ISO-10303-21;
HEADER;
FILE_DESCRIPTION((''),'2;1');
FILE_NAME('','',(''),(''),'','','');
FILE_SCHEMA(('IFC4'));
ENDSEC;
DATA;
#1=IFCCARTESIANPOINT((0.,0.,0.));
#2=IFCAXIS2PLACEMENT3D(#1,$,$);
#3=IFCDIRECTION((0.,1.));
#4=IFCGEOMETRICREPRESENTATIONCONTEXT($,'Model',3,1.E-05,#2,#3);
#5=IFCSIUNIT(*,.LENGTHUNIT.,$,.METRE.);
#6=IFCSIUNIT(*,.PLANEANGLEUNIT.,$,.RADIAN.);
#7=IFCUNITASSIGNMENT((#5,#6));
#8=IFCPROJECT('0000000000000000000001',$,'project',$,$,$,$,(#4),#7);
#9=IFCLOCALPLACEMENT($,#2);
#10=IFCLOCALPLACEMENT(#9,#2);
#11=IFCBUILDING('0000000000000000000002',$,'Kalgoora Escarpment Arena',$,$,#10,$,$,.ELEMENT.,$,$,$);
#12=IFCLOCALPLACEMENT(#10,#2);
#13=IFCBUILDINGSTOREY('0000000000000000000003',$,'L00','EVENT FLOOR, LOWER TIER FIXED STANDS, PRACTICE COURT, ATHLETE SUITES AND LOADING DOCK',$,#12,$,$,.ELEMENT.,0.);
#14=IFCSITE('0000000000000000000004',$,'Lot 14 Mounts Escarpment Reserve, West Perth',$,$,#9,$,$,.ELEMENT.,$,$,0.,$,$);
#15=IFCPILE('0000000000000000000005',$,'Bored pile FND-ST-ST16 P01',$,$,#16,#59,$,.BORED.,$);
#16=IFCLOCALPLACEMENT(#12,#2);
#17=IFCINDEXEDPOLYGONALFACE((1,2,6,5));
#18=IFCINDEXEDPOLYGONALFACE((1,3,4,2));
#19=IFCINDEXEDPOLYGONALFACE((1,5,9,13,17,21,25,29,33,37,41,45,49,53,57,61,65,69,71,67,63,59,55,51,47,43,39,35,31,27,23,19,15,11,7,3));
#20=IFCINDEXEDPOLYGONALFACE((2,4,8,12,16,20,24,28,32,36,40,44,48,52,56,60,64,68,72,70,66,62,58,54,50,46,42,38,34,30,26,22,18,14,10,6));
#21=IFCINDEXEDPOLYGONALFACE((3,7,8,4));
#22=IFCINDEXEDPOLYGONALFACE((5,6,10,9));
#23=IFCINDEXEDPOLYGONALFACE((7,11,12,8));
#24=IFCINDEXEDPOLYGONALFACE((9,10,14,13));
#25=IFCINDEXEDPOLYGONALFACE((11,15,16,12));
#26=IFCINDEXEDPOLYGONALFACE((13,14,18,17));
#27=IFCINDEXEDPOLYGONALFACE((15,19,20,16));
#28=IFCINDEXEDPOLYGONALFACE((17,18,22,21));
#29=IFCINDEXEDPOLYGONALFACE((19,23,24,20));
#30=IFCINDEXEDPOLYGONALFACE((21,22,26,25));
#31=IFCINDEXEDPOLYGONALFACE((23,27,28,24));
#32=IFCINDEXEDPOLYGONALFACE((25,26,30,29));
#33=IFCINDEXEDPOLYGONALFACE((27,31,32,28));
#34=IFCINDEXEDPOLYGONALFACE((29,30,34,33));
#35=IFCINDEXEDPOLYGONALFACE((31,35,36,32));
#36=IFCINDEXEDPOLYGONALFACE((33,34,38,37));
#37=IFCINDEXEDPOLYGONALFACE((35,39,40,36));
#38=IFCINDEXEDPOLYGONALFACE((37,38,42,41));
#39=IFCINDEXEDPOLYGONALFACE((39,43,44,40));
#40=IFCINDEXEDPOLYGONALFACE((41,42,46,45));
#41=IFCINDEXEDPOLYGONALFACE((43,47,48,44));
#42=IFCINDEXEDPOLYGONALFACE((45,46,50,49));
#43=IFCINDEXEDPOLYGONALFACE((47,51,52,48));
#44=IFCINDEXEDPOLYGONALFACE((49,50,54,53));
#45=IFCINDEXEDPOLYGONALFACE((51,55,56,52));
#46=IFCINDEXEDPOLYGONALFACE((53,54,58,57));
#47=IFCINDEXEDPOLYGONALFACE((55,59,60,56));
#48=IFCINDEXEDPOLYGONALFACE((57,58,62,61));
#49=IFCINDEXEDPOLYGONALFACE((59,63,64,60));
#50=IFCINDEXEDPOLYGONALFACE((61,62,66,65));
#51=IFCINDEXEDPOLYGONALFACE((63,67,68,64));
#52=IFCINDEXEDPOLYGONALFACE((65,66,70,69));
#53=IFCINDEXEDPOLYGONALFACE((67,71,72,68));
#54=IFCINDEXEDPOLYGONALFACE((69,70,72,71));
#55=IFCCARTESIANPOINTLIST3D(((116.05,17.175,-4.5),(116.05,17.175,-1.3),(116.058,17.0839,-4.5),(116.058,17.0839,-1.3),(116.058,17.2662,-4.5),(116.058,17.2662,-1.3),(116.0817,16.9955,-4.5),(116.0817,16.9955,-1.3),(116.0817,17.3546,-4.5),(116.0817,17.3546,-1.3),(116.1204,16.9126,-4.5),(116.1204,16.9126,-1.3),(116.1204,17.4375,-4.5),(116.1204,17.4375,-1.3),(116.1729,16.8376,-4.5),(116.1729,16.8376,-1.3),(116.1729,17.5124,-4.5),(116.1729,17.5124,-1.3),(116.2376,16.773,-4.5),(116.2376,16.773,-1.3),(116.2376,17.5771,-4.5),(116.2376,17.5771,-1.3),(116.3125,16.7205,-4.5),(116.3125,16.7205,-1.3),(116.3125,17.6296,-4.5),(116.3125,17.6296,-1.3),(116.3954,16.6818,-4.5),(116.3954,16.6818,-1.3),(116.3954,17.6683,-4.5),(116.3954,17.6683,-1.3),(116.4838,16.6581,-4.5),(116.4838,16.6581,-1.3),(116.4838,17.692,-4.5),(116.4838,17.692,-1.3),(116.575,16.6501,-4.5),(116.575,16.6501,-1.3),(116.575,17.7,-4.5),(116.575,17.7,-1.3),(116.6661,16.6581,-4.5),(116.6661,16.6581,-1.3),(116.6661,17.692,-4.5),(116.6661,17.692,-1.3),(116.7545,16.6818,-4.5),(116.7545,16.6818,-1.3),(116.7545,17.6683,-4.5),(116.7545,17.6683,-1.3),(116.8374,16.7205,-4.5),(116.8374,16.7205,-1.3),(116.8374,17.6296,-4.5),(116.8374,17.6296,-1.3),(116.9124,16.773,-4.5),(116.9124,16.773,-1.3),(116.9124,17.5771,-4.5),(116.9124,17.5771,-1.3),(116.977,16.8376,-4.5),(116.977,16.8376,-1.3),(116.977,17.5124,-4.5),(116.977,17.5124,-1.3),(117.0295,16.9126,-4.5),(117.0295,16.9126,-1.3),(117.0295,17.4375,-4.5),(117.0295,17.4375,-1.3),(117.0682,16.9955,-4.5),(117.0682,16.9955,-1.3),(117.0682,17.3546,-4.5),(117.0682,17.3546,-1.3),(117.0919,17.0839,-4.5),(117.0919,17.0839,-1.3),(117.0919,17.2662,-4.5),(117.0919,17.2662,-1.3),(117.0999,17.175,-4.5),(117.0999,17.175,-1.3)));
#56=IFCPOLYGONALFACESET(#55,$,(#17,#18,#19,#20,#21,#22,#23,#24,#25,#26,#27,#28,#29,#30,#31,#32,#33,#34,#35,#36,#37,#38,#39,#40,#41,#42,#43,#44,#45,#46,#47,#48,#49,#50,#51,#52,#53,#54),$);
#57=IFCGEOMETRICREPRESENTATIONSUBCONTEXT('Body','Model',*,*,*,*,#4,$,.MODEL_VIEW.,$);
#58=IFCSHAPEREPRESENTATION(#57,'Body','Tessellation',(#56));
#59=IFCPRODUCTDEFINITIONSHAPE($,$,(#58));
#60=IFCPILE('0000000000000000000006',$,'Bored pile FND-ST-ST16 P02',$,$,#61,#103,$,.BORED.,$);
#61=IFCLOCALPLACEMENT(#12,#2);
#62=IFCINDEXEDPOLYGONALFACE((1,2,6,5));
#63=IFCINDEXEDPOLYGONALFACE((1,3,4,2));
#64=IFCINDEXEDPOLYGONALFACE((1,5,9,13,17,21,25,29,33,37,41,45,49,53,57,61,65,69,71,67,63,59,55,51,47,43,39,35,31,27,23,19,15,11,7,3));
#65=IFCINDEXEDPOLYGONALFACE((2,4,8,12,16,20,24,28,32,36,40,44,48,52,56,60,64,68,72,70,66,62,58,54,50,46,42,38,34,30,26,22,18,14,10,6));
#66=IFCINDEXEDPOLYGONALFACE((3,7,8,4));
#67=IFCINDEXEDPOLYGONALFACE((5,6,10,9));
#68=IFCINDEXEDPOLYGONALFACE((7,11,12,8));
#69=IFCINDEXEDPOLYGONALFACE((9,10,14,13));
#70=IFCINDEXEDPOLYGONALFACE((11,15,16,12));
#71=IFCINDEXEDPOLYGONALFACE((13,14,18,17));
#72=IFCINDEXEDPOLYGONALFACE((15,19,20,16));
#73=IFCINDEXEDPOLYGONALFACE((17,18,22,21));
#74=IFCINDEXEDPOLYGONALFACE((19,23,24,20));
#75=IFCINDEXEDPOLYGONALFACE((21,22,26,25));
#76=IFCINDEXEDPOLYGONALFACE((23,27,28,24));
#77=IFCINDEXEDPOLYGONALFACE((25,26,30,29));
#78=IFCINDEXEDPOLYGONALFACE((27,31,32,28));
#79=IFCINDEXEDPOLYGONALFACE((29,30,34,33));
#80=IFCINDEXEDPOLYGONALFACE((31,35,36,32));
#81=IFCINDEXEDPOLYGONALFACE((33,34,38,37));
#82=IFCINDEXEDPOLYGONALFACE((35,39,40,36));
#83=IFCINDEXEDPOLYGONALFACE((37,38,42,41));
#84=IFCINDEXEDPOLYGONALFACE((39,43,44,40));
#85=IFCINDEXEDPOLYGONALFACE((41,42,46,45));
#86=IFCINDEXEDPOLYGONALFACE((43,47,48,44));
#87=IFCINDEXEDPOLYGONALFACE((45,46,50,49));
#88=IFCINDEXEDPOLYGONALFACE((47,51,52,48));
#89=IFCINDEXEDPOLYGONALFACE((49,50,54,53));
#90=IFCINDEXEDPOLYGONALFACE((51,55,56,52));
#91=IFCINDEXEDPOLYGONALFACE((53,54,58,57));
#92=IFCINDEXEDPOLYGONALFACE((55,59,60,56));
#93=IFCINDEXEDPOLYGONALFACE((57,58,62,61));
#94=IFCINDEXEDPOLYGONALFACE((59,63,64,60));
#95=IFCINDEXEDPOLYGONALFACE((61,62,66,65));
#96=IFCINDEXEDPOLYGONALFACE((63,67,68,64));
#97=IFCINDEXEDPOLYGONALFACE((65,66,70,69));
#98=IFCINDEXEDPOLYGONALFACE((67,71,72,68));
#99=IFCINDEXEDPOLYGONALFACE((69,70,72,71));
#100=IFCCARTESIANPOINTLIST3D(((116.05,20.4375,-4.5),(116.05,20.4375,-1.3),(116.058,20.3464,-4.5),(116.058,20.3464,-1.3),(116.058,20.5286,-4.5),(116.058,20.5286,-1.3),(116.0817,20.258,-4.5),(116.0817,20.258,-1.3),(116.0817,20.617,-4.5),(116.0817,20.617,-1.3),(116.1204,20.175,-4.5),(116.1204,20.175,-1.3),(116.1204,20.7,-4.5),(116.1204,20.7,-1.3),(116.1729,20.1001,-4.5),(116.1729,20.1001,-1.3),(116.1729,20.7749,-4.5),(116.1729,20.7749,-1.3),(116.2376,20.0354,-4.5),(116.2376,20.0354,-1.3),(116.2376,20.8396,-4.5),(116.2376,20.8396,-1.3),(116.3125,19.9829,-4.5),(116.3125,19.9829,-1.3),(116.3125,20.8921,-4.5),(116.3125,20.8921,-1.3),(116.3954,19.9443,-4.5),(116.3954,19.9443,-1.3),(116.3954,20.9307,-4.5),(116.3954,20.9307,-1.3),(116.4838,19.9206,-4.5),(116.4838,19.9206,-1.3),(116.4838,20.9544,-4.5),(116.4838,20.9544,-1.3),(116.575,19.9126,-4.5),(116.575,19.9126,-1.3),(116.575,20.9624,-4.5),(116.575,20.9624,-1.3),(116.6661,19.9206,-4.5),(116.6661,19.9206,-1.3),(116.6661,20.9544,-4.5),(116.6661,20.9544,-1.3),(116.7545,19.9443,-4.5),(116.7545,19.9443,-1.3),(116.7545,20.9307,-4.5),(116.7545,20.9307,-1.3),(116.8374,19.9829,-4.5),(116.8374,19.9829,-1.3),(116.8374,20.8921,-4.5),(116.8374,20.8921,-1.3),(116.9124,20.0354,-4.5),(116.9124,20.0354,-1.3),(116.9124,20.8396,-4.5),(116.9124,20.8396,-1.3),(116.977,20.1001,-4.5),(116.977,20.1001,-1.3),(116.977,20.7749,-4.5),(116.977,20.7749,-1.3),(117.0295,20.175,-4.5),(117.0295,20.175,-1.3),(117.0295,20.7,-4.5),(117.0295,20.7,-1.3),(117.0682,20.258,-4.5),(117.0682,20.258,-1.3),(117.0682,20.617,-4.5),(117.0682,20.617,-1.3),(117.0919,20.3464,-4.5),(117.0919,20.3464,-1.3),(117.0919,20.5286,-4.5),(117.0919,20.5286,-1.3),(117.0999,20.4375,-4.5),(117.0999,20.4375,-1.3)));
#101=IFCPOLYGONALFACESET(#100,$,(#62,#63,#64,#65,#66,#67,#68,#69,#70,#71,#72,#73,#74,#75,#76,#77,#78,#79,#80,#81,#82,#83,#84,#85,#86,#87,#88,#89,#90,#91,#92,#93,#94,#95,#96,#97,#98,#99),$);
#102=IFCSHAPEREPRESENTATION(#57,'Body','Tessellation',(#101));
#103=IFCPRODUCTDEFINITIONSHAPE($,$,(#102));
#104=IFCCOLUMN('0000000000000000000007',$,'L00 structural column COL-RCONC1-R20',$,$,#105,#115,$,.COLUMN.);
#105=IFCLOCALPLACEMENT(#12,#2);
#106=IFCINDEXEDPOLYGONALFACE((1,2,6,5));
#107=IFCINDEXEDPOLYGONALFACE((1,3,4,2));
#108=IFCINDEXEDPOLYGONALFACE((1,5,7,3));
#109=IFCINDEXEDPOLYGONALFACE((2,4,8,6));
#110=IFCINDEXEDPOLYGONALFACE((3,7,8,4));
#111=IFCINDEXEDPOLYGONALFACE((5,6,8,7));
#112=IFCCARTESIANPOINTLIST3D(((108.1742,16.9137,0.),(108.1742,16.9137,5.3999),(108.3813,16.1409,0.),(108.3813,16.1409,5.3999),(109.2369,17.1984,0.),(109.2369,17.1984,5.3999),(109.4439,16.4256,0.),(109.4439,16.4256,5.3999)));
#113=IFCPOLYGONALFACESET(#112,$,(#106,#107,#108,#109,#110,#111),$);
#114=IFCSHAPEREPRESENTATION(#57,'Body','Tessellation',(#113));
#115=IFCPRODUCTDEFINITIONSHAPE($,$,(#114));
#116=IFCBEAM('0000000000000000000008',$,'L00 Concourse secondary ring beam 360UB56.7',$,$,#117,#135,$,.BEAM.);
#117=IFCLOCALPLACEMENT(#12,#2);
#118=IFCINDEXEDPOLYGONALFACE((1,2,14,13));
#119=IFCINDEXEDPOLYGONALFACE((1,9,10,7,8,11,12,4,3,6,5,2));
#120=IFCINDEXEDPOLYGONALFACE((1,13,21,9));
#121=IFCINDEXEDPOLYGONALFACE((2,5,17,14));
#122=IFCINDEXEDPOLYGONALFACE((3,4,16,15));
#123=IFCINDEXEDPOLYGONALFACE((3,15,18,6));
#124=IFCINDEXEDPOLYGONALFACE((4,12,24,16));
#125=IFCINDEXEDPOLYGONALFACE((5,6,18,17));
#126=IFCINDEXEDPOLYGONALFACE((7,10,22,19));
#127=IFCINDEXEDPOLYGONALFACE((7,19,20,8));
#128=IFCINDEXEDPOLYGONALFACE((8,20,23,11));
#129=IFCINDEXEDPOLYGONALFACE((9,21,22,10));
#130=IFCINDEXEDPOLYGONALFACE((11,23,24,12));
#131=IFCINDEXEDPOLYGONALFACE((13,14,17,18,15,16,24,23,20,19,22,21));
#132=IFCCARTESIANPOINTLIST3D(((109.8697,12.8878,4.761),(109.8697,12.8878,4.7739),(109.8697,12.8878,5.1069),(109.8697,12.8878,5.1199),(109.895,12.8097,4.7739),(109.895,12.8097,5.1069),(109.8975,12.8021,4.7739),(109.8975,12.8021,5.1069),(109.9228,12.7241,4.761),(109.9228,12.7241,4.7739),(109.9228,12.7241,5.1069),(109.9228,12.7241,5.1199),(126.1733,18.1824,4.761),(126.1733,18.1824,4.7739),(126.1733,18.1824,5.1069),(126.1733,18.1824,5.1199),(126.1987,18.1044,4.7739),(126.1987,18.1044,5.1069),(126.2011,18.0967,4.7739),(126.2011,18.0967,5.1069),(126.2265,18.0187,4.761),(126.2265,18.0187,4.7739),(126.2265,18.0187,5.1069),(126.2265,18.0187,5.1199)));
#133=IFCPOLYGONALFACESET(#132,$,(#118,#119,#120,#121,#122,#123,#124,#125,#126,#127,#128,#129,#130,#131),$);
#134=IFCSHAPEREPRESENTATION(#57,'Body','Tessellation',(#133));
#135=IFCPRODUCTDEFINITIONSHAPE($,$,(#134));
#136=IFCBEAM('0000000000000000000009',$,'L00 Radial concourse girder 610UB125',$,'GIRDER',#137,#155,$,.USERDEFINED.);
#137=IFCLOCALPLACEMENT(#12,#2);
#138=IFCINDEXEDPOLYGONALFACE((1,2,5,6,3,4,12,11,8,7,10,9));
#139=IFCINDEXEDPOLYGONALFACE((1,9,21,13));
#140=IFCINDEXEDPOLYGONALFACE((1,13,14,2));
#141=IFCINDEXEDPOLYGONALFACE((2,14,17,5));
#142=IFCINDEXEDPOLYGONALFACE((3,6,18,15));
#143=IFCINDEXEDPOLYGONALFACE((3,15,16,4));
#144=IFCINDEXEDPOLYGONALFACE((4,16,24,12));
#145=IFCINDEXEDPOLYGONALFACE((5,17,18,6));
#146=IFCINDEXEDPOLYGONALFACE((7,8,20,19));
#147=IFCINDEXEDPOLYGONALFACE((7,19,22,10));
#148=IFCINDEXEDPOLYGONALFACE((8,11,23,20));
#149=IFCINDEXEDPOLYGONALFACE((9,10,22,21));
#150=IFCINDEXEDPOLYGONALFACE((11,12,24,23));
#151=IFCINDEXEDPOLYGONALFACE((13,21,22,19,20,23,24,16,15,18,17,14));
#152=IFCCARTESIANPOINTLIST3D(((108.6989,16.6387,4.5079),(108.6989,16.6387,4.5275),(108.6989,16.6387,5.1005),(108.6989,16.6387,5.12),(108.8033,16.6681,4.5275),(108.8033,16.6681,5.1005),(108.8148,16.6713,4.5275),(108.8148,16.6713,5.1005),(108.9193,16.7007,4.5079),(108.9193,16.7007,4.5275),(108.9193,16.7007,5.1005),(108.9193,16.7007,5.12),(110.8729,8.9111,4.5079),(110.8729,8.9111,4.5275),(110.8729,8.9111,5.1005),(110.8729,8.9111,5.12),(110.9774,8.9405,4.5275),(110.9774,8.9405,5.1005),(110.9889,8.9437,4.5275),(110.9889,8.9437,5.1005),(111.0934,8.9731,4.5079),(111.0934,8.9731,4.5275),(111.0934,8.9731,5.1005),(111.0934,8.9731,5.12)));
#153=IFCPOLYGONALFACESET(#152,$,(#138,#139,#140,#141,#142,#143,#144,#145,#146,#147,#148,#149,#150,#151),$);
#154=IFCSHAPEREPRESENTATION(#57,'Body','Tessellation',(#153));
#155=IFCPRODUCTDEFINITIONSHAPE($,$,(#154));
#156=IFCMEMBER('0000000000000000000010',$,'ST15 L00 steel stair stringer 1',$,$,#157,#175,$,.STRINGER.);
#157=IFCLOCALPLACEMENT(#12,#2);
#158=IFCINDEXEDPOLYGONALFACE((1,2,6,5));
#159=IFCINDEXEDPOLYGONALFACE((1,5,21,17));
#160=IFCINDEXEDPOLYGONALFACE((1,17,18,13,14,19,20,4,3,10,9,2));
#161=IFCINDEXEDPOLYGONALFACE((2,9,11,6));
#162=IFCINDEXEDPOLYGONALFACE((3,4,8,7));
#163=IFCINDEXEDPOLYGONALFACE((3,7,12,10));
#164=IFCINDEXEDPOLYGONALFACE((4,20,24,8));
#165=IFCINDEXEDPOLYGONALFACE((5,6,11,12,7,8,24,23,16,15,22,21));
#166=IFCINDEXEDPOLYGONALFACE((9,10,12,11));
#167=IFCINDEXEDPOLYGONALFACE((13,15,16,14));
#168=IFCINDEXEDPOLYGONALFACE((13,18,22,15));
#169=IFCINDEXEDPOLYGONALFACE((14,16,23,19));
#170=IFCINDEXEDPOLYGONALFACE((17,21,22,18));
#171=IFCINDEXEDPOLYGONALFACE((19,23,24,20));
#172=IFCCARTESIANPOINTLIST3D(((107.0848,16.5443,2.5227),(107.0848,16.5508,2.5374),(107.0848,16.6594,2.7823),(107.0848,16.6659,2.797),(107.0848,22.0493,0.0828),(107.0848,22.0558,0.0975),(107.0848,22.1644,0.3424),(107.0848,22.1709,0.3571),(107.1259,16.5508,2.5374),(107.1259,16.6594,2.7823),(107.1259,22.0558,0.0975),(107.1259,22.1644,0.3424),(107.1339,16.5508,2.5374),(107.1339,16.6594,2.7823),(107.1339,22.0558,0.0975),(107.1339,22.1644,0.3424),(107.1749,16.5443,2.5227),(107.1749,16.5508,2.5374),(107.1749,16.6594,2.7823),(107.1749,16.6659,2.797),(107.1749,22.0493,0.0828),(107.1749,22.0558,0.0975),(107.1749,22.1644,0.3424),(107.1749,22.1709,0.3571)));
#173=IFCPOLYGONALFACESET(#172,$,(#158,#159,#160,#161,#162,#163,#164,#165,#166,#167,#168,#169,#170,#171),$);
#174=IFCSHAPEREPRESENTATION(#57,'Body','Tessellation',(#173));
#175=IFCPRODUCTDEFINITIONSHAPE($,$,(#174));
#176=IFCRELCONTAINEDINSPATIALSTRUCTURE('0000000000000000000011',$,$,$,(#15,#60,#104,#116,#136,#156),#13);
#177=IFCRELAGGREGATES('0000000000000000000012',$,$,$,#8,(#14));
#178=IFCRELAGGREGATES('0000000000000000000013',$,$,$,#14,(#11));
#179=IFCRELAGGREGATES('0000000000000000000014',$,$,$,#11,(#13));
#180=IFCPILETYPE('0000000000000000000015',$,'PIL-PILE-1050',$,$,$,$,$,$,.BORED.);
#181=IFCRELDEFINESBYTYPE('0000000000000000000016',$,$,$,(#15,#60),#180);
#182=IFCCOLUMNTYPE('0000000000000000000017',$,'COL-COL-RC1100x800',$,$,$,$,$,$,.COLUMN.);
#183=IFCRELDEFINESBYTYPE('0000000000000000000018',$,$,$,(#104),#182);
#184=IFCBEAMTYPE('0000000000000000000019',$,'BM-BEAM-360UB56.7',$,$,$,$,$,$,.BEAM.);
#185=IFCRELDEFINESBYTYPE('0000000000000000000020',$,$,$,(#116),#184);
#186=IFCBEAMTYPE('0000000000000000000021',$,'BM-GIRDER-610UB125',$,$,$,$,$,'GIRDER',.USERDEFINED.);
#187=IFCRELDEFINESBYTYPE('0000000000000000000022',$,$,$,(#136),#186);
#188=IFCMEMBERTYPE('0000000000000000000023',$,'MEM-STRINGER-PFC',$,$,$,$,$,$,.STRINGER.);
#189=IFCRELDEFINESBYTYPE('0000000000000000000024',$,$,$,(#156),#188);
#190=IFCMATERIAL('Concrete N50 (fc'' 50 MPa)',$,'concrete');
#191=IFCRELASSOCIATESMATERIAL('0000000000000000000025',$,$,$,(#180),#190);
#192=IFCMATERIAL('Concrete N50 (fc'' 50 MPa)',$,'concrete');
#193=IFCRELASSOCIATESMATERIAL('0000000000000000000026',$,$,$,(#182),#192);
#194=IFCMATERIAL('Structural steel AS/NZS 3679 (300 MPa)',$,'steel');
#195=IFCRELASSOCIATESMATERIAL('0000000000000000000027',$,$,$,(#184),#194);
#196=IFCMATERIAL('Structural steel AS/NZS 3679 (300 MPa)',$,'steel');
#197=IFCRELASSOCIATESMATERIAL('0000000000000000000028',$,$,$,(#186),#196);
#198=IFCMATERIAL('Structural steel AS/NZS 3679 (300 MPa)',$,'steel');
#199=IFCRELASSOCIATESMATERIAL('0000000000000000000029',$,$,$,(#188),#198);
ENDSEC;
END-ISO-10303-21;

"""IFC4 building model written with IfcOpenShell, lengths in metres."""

from ifc_helpers import new_model, si_unit, direction, frame, origin, origin_2d, place, context, subcontext, project, spatial, rectangle, circle, i_section, extrude, material, material_profile, profile_set, type_object, element, save


model = new_model("IFC4")

# Units and contexts
model_context = context("Model", 3, precision=1e-05, world=origin(), true_north=direction((0.0, 1.0)))
body_context = subcontext(model_context, "Body", "Model", "MODEL_VIEW")
ifc_project = project(units=[si_unit("LENGTHUNIT", "METRE"), si_unit("PLANEANGLEUNIT", "RADIAN")], contexts=[model_context])

# Site, building, storey
site_placement = place(None, origin())
site = spatial("IfcSite", under=ifc_project, at=site_placement, Name="Lot 14 Mounts Escarpment Reserve, West Perth", CompositionType="ELEMENT", RefElevation=0.0)
building_placement = place(site_placement, origin())
building = spatial("IfcBuilding", under=site, at=building_placement, Name="Kalgoora Escarpment Arena", CompositionType="ELEMENT")
storey_placement = place(building_placement, origin())
storey = spatial("IfcBuildingStorey", under=building, at=storey_placement, Name="L00", Description="EVENT FLOOR, LOWER TIER FIXED STANDS, PRACTICE COURT, ATHLETE SUITES AND LOADING DOCK", CompositionType="ELEMENT", Elevation=0.0)

# Piles
ifc_material_1 = material(Name="Concrete N50 (fc' 50 MPa)", Category="concrete")
ifc_material_profile_1 = material_profile(ifc_material_1, circle(Radius=0.5249, at=origin_2d()))
ifc_profile_set_1 = profile_set([ifc_material_profile_1], Name="Concrete N50 (fc' 50 MPa)")
pile_type = type_object("IfcPileType", Name="PIL-PILE-1050", PredefinedType="BORED", material=ifc_profile_set_1)
for number, where, z_axis, x_axis, name in (
    (1, (116.575, 17.175, -1.3), (0.0, 0.0, -1.0), (1.0, 0.0, 0.0), "Bored pile FND-ST-ST16 P01"),
    (2, (116.575, 20.4375, -1.3), (0.0, 0.0, -1.0), (1.0, 0.0, 0.0), "Bored pile FND-ST-ST16 P02"),
):
    element("IfcPile", number, at=place(storey_placement, frame(where, z_axis=z_axis, x_axis=x_axis)), inside=storey, type_object=pile_type, Name=name, PredefinedType="BORED", context=body_context, shape_type="SweptSolid", body=[
        extrude(circle(Radius=0.5249, at=origin_2d()), origin(), (0.0, 0.0, 1.0), 3.2),
    ])

# Column
ifc_material_2 = material(Name="Concrete N50 (fc' 50 MPa)", Category="concrete")
ifc_material_profile_2 = material_profile(ifc_material_2, rectangle(XDim=0.8, YDim=1.1001, at=origin_2d()))
ifc_profile_set_2 = profile_set([ifc_material_profile_2], Name="Concrete N50 (fc' 50 MPa)")
column_type = type_object("IfcColumnType", Name="COL-COL-RC1100x800", PredefinedType="COLUMN", material=ifc_profile_set_2)
column_placement = place(storey_placement, frame((108.8091, 16.6697, 0.0), z_axis=(0.0, 0.0, 1.0), x_axis=(0.258819, -0.965926, 0.0)))
element("IfcColumn", 3, at=column_placement, inside=storey, type_object=column_type, Name="L00 structural column COL-RCONC1-R20", PredefinedType="COLUMN", context=body_context, shape_type="SweptSolid", body=[
    extrude(rectangle(XDim=0.8, YDim=1.1001, at=origin_2d()), origin(), (0.0, 0.0, 1.0), 5.3999),
])

# Beams
ifc_material_3 = material(Name="Structural steel AS/NZS 3679 (300 MPa)", Category="steel")
ifc_material_profile_3 = material_profile(ifc_material_3, i_section(OverallWidth=0.1721, OverallDepth=0.3589, WebThickness=0.0081, FlangeThickness=0.0129, at=origin_2d()))
ifc_profile_set_3 = profile_set([ifc_material_profile_3], Name="Structural steel AS/NZS 3679 (300 MPa)")
beam_type_1 = type_object("IfcBeamType", Name="BM-BEAM-360UB56.7", PredefinedType="BEAM", material=ifc_profile_set_3)
beam_1_placement = place(storey_placement, frame((109.8962, 12.8059, 4.9404), z_axis=(0.951103, 0.308874, 0.0), x_axis=(-0.308874, 0.951103, 0.0)))
element("IfcBeam", 4, at=beam_1_placement, inside=storey, type_object=beam_type_1, Name="L00 Concourse secondary ring beam 360UB56.7", PredefinedType="BEAM", context=body_context, shape_type="SweptSolid", body=[
    extrude(i_section(OverallWidth=0.1721, OverallDepth=0.3589, WebThickness=0.0081, FlangeThickness=0.0129, at=origin_2d()), origin(), (0.0, 0.0, 1.0), 17.1418),
])
ifc_material_4 = material(Name="Structural steel AS/NZS 3679 (300 MPa)", Category="steel")
ifc_material_profile_4 = material_profile(ifc_material_4, i_section(OverallWidth=0.229, OverallDepth=0.6121, WebThickness=0.012, FlangeThickness=0.0195, at=origin_2d()))
ifc_profile_set_4 = profile_set([ifc_material_profile_4], Name="Structural steel AS/NZS 3679 (300 MPa)")
beam_type_2 = type_object("IfcBeamType", Name="BM-GIRDER-610UB125", ElementType="GIRDER", PredefinedType="USERDEFINED", material=ifc_profile_set_4)
beam_2_placement = place(storey_placement, frame((108.8091, 16.6697, 4.814), z_axis=(0.270827, -0.962628, 0.0), x_axis=(0.962628, 0.270827, 0.0)))
element("IfcBeam", 5, at=beam_2_placement, inside=storey, type_object=beam_type_2, Name="L00 Radial concourse girder 610UB125", ObjectType="GIRDER", PredefinedType="USERDEFINED", context=body_context, shape_type="SweptSolid", body=[
    extrude(i_section(OverallWidth=0.229, OverallDepth=0.6121, WebThickness=0.012, FlangeThickness=0.0195, at=origin_2d()), origin(), (0.0, 0.0, 1.0), 8.0276),
])

# Member
ifc_material_5 = material(Name="Structural steel AS/NZS 3679 (300 MPa)", Category="steel")
ifc_material_profile_5 = material_profile(ifc_material_5, i_section(OverallWidth=0.0901, OverallDepth=0.3, WebThickness=0.0081, FlangeThickness=0.0161, at=origin_2d()))
ifc_profile_set_5 = profile_set([ifc_material_profile_5], Name="Structural steel AS/NZS 3679 (300 MPa)")
member_type = type_object("IfcMemberType", Name="MEM-STRINGER-PFC", PredefinedType="STRINGER", material=ifc_profile_set_5)
member_1_placement = place(storey_placement, frame((107.1299, 22.1101, 0.22), z_axis=(0.0, -0.914229, 0.405198), x_axis=(1.0, 0.0, 0.0)))
element("IfcMember", 6, at=member_1_placement, inside=storey, type_object=member_type, Name="ST15 L00 steel stair stringer 1", PredefinedType="STRINGER", context=body_context, shape_type="SweptSolid", body=[
    extrude(i_section(OverallWidth=0.0901, OverallDepth=0.3, WebThickness=0.0081, FlangeThickness=0.0161, at=origin_2d()), origin(), (0.0, 0.0, 1.0), 6.0215),
])

save(model, "model.ifc")
